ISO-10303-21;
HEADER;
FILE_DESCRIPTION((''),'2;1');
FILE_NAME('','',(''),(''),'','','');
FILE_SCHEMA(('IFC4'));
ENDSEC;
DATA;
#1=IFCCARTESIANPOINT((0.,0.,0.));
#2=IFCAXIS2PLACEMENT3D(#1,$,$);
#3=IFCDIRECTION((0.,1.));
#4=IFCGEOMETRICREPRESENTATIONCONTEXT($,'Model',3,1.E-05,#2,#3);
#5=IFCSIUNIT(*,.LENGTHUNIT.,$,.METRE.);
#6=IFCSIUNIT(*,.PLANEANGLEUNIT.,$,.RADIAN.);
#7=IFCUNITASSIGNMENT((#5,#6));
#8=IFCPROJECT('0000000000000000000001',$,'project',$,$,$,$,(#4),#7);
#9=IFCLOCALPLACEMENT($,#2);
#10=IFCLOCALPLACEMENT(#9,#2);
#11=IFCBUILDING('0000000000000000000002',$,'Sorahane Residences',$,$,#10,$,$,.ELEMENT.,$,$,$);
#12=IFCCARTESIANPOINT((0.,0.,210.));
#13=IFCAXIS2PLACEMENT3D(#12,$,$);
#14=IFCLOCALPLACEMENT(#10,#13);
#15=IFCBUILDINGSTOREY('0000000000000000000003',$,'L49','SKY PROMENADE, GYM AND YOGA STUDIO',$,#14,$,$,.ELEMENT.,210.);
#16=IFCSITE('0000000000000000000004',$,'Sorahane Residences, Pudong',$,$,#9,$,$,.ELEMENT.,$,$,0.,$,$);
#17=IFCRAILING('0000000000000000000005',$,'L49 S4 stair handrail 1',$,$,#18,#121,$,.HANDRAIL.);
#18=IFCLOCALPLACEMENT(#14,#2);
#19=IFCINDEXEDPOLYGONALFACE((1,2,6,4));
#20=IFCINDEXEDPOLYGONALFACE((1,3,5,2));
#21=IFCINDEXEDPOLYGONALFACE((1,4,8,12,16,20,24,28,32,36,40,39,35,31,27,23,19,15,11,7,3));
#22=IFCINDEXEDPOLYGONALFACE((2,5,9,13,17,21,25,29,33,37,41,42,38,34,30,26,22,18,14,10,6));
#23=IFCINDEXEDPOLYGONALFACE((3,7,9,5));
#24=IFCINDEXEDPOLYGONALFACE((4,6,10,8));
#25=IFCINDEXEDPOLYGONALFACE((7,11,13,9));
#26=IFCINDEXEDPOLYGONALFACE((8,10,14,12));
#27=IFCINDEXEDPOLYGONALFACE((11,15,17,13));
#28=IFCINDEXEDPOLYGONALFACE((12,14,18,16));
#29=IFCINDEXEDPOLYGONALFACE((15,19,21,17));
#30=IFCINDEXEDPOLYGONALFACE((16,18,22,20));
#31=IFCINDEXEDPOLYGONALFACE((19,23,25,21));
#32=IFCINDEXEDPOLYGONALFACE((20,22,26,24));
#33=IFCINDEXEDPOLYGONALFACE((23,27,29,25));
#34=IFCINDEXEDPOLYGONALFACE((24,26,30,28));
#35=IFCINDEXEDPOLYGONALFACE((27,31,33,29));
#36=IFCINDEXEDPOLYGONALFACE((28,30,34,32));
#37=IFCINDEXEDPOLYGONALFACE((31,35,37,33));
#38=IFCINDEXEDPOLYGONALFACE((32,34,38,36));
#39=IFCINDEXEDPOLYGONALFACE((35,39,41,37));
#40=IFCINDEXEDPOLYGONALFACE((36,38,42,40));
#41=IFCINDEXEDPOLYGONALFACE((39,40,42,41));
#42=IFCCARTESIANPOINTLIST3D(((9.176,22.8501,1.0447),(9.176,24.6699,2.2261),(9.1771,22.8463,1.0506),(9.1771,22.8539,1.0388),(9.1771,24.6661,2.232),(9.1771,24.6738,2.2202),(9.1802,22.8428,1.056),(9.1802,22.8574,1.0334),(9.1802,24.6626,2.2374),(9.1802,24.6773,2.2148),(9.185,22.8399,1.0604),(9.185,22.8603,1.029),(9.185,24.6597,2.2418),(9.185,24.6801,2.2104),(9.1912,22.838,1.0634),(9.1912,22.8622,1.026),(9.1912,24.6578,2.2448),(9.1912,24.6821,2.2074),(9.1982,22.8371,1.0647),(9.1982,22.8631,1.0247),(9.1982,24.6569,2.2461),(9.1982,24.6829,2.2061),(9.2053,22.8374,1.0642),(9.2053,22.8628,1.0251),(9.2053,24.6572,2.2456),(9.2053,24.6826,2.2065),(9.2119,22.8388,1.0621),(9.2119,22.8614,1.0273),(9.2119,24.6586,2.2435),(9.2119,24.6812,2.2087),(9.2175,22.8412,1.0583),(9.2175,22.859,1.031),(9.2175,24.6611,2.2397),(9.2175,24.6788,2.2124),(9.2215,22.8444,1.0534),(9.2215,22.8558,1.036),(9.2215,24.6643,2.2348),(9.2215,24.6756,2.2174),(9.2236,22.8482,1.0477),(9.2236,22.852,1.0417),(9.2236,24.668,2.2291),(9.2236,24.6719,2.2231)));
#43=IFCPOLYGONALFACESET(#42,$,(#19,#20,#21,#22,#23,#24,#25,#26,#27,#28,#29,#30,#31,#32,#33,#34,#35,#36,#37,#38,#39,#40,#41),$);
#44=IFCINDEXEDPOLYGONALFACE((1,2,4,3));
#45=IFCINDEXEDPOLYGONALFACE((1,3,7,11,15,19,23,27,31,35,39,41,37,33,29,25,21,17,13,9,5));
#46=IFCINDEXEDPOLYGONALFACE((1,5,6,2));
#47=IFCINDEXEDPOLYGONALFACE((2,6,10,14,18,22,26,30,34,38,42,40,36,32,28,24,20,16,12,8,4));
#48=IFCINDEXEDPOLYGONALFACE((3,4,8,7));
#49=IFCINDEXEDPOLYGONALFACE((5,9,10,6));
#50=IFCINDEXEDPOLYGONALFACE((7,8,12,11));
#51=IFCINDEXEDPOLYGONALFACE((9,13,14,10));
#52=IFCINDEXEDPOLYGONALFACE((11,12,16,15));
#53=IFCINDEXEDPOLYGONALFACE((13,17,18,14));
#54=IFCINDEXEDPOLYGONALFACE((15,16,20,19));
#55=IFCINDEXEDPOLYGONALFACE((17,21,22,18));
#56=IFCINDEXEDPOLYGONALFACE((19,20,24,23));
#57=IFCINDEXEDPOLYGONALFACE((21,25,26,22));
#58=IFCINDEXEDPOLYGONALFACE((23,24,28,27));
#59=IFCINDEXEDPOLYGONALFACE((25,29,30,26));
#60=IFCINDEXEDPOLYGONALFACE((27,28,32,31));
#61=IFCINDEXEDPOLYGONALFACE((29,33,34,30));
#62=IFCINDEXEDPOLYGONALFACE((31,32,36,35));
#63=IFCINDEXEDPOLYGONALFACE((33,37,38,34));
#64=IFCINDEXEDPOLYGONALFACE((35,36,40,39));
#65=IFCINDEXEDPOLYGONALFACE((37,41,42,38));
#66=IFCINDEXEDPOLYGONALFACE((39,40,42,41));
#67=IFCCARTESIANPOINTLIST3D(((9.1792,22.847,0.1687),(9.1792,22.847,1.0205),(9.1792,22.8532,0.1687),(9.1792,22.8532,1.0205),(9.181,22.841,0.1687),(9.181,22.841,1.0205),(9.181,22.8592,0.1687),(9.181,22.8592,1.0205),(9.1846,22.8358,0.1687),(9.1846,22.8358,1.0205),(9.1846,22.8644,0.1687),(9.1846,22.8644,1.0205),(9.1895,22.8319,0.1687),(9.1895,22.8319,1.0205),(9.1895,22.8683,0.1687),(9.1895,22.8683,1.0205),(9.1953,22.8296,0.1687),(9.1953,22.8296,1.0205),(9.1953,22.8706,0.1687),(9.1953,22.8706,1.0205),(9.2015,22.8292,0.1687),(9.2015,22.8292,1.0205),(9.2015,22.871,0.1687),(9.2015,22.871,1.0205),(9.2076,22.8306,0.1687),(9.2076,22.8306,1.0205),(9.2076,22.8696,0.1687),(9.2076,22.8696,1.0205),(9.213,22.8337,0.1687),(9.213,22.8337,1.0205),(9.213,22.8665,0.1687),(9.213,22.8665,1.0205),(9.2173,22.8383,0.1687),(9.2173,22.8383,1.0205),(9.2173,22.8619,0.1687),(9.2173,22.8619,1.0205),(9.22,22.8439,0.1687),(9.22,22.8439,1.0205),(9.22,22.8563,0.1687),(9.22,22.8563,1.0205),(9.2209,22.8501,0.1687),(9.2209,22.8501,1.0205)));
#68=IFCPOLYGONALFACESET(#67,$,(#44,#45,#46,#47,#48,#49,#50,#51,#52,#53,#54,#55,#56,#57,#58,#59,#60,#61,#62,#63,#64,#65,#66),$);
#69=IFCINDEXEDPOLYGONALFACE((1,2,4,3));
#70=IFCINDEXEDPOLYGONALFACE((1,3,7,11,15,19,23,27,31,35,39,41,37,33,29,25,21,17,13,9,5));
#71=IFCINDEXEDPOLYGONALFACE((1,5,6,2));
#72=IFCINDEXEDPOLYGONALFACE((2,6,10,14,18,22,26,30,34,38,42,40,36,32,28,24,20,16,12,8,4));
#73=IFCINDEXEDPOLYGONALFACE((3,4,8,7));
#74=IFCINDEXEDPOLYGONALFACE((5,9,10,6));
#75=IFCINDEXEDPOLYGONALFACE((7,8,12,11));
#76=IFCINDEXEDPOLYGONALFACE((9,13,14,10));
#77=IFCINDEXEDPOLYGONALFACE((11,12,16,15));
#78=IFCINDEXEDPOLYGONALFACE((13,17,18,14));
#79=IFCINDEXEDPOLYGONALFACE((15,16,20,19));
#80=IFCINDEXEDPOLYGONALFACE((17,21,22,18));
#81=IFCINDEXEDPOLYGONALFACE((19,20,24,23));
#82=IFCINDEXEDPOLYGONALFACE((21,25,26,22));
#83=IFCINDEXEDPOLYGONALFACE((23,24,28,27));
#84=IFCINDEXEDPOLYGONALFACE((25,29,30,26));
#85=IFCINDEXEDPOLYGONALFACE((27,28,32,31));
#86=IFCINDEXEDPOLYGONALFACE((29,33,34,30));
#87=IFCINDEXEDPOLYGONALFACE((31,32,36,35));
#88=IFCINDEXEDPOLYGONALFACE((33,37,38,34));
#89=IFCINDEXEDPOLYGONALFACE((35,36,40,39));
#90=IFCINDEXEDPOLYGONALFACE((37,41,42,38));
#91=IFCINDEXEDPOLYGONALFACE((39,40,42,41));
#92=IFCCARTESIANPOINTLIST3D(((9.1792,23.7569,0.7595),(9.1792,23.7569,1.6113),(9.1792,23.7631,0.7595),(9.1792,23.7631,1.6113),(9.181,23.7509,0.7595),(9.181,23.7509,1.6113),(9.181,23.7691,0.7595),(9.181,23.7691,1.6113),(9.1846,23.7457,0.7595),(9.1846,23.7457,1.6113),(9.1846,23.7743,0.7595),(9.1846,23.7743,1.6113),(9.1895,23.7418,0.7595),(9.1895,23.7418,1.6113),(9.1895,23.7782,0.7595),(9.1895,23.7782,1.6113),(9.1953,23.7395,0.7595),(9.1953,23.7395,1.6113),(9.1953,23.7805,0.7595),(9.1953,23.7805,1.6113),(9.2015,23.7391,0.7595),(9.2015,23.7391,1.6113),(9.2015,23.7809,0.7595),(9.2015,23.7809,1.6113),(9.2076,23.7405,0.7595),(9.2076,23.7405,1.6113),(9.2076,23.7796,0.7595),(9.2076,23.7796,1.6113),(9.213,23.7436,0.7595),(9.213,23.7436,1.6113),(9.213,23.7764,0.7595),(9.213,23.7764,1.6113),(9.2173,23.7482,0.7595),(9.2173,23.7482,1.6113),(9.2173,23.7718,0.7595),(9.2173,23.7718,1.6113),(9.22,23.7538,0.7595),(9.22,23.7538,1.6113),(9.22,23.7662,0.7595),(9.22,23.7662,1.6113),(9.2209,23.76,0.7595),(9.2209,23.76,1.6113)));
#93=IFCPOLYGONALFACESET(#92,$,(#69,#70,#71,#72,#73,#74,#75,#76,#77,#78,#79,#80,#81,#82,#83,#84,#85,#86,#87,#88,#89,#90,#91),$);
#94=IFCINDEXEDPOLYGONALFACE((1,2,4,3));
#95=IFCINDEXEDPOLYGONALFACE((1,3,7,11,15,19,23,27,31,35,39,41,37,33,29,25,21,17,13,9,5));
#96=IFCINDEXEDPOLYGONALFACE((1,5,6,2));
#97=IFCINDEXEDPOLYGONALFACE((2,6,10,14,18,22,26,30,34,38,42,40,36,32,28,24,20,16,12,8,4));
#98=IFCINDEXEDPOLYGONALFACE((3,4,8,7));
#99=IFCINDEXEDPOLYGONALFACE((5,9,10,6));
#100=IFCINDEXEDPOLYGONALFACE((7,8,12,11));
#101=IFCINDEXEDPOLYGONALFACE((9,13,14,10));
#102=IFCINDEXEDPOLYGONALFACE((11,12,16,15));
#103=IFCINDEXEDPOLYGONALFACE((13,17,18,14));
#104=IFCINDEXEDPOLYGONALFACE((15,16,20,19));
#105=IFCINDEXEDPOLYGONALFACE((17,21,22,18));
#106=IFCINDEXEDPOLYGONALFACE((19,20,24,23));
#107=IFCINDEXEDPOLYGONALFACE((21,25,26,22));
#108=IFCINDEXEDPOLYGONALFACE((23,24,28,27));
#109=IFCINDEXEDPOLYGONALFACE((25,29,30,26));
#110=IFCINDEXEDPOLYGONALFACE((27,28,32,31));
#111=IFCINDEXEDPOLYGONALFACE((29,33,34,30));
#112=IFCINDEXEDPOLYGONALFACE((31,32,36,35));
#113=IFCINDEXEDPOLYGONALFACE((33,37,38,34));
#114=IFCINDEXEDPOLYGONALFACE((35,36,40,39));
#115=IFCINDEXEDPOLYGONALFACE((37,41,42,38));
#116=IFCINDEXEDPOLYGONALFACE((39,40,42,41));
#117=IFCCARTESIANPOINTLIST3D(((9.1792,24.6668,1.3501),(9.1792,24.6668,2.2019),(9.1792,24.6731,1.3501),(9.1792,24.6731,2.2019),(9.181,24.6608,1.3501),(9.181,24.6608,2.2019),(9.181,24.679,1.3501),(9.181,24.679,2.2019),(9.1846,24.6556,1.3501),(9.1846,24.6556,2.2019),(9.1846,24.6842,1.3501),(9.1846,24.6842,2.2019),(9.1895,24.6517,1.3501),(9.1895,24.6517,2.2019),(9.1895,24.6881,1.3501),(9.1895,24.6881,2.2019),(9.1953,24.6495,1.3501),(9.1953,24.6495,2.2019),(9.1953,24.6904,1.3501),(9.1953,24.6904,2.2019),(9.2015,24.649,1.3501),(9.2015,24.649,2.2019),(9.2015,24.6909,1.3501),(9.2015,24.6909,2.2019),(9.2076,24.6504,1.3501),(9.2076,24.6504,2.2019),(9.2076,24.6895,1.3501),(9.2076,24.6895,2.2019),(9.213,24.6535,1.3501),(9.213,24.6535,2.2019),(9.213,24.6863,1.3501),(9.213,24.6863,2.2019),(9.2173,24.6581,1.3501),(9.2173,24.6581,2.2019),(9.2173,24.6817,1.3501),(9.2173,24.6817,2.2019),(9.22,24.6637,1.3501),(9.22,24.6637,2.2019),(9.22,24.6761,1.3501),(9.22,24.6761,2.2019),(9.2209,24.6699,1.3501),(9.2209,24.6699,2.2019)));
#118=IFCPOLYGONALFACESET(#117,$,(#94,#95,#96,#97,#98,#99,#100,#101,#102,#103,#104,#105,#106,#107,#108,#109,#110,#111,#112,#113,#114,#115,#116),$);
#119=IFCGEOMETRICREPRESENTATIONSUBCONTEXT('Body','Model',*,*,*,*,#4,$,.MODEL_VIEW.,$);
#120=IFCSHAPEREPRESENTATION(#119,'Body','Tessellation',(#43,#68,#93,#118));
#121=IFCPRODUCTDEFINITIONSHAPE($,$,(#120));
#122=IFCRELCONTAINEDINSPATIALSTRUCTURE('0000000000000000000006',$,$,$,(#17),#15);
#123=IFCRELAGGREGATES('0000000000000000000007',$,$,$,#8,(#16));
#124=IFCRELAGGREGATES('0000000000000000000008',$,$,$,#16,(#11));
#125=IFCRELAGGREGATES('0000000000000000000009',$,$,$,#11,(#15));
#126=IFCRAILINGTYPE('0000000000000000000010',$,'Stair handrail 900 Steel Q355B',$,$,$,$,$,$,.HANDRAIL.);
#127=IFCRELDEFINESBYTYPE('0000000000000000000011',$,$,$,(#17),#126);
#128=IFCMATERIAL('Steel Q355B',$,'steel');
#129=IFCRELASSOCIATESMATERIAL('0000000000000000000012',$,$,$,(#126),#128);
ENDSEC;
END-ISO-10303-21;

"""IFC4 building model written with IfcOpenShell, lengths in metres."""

from ifc_helpers import new_model, si_unit, direction, frame, origin, origin_2d, place, context, subcontext, project, spatial, circle, extrude, material, type_object, element, save


model = new_model("IFC4")

# Units and contexts
model_context = context("Model", 3, precision=1e-05, world=origin(), true_north=direction((0.0, 1.0)))
body_context = subcontext(model_context, "Body", "Model", "MODEL_VIEW")
ifc_project = project(units=[si_unit("LENGTHUNIT", "METRE"), si_unit("PLANEANGLEUNIT", "RADIAN")], contexts=[model_context])

# Site, building, storey
site_placement = place(None, origin())
site = spatial("IfcSite", under=ifc_project, at=site_placement, Name="Sorahane Residences, Pudong", CompositionType="ELEMENT", RefElevation=0.0)
building_placement = place(site_placement, origin())
building = spatial("IfcBuilding", under=site, at=building_placement, Name="Sorahane Residences", CompositionType="ELEMENT")
storey_placement = place(building_placement, frame((0.0, 0.0, 210.0)))
storey = spatial("IfcBuildingStorey", under=building, at=storey_placement, Name="L49", Description="SKY PROMENADE, GYM AND YOGA STUDIO", CompositionType="ELEMENT", Elevation=210.0)

# Railing
ifc_material_1 = material(Name="Steel Q355B", Category="steel")
railing_type_1 = type_object("IfcRailingType", Name="Stair handrail 900 Steel Q355B", PredefinedType="HANDRAIL", material=ifc_material_1)
railing_1_placement = place(storey_placement, frame((9.2, 22.8501, 0.1687)))
element("IfcRailing", 1, at=railing_1_placement, inside=storey, type_object=railing_type_1, Name="L49 S4 stair handrail 1", PredefinedType="HANDRAIL", context=body_context, shape_type="SweptSolid", body=[
    extrude(circle(Radius=0.0239, at=origin_2d()), frame((0.0, 0.0, 0.876), z_axis=(0.0, 0.838757, 0.544506), x_axis=(-1.0, 0.0, 0.0)), (0.0, 0.0, 1.0), 2.1697),
    extrude(circle(Radius=0.021, at=origin_2d()), origin(), (0.0, 0.0, 1.0), 0.8518),
    extrude(circle(Radius=0.021, at=origin_2d()), frame((0.0, 0.9099, 0.5908)), (0.0, 0.0, 1.0), 0.8518),
    extrude(circle(Radius=0.021, at=origin_2d()), frame((0.0, 1.8198, 1.1814)), (0.0, 0.0, 1.0), 0.8518),
])

save(model, "model.ifc")
